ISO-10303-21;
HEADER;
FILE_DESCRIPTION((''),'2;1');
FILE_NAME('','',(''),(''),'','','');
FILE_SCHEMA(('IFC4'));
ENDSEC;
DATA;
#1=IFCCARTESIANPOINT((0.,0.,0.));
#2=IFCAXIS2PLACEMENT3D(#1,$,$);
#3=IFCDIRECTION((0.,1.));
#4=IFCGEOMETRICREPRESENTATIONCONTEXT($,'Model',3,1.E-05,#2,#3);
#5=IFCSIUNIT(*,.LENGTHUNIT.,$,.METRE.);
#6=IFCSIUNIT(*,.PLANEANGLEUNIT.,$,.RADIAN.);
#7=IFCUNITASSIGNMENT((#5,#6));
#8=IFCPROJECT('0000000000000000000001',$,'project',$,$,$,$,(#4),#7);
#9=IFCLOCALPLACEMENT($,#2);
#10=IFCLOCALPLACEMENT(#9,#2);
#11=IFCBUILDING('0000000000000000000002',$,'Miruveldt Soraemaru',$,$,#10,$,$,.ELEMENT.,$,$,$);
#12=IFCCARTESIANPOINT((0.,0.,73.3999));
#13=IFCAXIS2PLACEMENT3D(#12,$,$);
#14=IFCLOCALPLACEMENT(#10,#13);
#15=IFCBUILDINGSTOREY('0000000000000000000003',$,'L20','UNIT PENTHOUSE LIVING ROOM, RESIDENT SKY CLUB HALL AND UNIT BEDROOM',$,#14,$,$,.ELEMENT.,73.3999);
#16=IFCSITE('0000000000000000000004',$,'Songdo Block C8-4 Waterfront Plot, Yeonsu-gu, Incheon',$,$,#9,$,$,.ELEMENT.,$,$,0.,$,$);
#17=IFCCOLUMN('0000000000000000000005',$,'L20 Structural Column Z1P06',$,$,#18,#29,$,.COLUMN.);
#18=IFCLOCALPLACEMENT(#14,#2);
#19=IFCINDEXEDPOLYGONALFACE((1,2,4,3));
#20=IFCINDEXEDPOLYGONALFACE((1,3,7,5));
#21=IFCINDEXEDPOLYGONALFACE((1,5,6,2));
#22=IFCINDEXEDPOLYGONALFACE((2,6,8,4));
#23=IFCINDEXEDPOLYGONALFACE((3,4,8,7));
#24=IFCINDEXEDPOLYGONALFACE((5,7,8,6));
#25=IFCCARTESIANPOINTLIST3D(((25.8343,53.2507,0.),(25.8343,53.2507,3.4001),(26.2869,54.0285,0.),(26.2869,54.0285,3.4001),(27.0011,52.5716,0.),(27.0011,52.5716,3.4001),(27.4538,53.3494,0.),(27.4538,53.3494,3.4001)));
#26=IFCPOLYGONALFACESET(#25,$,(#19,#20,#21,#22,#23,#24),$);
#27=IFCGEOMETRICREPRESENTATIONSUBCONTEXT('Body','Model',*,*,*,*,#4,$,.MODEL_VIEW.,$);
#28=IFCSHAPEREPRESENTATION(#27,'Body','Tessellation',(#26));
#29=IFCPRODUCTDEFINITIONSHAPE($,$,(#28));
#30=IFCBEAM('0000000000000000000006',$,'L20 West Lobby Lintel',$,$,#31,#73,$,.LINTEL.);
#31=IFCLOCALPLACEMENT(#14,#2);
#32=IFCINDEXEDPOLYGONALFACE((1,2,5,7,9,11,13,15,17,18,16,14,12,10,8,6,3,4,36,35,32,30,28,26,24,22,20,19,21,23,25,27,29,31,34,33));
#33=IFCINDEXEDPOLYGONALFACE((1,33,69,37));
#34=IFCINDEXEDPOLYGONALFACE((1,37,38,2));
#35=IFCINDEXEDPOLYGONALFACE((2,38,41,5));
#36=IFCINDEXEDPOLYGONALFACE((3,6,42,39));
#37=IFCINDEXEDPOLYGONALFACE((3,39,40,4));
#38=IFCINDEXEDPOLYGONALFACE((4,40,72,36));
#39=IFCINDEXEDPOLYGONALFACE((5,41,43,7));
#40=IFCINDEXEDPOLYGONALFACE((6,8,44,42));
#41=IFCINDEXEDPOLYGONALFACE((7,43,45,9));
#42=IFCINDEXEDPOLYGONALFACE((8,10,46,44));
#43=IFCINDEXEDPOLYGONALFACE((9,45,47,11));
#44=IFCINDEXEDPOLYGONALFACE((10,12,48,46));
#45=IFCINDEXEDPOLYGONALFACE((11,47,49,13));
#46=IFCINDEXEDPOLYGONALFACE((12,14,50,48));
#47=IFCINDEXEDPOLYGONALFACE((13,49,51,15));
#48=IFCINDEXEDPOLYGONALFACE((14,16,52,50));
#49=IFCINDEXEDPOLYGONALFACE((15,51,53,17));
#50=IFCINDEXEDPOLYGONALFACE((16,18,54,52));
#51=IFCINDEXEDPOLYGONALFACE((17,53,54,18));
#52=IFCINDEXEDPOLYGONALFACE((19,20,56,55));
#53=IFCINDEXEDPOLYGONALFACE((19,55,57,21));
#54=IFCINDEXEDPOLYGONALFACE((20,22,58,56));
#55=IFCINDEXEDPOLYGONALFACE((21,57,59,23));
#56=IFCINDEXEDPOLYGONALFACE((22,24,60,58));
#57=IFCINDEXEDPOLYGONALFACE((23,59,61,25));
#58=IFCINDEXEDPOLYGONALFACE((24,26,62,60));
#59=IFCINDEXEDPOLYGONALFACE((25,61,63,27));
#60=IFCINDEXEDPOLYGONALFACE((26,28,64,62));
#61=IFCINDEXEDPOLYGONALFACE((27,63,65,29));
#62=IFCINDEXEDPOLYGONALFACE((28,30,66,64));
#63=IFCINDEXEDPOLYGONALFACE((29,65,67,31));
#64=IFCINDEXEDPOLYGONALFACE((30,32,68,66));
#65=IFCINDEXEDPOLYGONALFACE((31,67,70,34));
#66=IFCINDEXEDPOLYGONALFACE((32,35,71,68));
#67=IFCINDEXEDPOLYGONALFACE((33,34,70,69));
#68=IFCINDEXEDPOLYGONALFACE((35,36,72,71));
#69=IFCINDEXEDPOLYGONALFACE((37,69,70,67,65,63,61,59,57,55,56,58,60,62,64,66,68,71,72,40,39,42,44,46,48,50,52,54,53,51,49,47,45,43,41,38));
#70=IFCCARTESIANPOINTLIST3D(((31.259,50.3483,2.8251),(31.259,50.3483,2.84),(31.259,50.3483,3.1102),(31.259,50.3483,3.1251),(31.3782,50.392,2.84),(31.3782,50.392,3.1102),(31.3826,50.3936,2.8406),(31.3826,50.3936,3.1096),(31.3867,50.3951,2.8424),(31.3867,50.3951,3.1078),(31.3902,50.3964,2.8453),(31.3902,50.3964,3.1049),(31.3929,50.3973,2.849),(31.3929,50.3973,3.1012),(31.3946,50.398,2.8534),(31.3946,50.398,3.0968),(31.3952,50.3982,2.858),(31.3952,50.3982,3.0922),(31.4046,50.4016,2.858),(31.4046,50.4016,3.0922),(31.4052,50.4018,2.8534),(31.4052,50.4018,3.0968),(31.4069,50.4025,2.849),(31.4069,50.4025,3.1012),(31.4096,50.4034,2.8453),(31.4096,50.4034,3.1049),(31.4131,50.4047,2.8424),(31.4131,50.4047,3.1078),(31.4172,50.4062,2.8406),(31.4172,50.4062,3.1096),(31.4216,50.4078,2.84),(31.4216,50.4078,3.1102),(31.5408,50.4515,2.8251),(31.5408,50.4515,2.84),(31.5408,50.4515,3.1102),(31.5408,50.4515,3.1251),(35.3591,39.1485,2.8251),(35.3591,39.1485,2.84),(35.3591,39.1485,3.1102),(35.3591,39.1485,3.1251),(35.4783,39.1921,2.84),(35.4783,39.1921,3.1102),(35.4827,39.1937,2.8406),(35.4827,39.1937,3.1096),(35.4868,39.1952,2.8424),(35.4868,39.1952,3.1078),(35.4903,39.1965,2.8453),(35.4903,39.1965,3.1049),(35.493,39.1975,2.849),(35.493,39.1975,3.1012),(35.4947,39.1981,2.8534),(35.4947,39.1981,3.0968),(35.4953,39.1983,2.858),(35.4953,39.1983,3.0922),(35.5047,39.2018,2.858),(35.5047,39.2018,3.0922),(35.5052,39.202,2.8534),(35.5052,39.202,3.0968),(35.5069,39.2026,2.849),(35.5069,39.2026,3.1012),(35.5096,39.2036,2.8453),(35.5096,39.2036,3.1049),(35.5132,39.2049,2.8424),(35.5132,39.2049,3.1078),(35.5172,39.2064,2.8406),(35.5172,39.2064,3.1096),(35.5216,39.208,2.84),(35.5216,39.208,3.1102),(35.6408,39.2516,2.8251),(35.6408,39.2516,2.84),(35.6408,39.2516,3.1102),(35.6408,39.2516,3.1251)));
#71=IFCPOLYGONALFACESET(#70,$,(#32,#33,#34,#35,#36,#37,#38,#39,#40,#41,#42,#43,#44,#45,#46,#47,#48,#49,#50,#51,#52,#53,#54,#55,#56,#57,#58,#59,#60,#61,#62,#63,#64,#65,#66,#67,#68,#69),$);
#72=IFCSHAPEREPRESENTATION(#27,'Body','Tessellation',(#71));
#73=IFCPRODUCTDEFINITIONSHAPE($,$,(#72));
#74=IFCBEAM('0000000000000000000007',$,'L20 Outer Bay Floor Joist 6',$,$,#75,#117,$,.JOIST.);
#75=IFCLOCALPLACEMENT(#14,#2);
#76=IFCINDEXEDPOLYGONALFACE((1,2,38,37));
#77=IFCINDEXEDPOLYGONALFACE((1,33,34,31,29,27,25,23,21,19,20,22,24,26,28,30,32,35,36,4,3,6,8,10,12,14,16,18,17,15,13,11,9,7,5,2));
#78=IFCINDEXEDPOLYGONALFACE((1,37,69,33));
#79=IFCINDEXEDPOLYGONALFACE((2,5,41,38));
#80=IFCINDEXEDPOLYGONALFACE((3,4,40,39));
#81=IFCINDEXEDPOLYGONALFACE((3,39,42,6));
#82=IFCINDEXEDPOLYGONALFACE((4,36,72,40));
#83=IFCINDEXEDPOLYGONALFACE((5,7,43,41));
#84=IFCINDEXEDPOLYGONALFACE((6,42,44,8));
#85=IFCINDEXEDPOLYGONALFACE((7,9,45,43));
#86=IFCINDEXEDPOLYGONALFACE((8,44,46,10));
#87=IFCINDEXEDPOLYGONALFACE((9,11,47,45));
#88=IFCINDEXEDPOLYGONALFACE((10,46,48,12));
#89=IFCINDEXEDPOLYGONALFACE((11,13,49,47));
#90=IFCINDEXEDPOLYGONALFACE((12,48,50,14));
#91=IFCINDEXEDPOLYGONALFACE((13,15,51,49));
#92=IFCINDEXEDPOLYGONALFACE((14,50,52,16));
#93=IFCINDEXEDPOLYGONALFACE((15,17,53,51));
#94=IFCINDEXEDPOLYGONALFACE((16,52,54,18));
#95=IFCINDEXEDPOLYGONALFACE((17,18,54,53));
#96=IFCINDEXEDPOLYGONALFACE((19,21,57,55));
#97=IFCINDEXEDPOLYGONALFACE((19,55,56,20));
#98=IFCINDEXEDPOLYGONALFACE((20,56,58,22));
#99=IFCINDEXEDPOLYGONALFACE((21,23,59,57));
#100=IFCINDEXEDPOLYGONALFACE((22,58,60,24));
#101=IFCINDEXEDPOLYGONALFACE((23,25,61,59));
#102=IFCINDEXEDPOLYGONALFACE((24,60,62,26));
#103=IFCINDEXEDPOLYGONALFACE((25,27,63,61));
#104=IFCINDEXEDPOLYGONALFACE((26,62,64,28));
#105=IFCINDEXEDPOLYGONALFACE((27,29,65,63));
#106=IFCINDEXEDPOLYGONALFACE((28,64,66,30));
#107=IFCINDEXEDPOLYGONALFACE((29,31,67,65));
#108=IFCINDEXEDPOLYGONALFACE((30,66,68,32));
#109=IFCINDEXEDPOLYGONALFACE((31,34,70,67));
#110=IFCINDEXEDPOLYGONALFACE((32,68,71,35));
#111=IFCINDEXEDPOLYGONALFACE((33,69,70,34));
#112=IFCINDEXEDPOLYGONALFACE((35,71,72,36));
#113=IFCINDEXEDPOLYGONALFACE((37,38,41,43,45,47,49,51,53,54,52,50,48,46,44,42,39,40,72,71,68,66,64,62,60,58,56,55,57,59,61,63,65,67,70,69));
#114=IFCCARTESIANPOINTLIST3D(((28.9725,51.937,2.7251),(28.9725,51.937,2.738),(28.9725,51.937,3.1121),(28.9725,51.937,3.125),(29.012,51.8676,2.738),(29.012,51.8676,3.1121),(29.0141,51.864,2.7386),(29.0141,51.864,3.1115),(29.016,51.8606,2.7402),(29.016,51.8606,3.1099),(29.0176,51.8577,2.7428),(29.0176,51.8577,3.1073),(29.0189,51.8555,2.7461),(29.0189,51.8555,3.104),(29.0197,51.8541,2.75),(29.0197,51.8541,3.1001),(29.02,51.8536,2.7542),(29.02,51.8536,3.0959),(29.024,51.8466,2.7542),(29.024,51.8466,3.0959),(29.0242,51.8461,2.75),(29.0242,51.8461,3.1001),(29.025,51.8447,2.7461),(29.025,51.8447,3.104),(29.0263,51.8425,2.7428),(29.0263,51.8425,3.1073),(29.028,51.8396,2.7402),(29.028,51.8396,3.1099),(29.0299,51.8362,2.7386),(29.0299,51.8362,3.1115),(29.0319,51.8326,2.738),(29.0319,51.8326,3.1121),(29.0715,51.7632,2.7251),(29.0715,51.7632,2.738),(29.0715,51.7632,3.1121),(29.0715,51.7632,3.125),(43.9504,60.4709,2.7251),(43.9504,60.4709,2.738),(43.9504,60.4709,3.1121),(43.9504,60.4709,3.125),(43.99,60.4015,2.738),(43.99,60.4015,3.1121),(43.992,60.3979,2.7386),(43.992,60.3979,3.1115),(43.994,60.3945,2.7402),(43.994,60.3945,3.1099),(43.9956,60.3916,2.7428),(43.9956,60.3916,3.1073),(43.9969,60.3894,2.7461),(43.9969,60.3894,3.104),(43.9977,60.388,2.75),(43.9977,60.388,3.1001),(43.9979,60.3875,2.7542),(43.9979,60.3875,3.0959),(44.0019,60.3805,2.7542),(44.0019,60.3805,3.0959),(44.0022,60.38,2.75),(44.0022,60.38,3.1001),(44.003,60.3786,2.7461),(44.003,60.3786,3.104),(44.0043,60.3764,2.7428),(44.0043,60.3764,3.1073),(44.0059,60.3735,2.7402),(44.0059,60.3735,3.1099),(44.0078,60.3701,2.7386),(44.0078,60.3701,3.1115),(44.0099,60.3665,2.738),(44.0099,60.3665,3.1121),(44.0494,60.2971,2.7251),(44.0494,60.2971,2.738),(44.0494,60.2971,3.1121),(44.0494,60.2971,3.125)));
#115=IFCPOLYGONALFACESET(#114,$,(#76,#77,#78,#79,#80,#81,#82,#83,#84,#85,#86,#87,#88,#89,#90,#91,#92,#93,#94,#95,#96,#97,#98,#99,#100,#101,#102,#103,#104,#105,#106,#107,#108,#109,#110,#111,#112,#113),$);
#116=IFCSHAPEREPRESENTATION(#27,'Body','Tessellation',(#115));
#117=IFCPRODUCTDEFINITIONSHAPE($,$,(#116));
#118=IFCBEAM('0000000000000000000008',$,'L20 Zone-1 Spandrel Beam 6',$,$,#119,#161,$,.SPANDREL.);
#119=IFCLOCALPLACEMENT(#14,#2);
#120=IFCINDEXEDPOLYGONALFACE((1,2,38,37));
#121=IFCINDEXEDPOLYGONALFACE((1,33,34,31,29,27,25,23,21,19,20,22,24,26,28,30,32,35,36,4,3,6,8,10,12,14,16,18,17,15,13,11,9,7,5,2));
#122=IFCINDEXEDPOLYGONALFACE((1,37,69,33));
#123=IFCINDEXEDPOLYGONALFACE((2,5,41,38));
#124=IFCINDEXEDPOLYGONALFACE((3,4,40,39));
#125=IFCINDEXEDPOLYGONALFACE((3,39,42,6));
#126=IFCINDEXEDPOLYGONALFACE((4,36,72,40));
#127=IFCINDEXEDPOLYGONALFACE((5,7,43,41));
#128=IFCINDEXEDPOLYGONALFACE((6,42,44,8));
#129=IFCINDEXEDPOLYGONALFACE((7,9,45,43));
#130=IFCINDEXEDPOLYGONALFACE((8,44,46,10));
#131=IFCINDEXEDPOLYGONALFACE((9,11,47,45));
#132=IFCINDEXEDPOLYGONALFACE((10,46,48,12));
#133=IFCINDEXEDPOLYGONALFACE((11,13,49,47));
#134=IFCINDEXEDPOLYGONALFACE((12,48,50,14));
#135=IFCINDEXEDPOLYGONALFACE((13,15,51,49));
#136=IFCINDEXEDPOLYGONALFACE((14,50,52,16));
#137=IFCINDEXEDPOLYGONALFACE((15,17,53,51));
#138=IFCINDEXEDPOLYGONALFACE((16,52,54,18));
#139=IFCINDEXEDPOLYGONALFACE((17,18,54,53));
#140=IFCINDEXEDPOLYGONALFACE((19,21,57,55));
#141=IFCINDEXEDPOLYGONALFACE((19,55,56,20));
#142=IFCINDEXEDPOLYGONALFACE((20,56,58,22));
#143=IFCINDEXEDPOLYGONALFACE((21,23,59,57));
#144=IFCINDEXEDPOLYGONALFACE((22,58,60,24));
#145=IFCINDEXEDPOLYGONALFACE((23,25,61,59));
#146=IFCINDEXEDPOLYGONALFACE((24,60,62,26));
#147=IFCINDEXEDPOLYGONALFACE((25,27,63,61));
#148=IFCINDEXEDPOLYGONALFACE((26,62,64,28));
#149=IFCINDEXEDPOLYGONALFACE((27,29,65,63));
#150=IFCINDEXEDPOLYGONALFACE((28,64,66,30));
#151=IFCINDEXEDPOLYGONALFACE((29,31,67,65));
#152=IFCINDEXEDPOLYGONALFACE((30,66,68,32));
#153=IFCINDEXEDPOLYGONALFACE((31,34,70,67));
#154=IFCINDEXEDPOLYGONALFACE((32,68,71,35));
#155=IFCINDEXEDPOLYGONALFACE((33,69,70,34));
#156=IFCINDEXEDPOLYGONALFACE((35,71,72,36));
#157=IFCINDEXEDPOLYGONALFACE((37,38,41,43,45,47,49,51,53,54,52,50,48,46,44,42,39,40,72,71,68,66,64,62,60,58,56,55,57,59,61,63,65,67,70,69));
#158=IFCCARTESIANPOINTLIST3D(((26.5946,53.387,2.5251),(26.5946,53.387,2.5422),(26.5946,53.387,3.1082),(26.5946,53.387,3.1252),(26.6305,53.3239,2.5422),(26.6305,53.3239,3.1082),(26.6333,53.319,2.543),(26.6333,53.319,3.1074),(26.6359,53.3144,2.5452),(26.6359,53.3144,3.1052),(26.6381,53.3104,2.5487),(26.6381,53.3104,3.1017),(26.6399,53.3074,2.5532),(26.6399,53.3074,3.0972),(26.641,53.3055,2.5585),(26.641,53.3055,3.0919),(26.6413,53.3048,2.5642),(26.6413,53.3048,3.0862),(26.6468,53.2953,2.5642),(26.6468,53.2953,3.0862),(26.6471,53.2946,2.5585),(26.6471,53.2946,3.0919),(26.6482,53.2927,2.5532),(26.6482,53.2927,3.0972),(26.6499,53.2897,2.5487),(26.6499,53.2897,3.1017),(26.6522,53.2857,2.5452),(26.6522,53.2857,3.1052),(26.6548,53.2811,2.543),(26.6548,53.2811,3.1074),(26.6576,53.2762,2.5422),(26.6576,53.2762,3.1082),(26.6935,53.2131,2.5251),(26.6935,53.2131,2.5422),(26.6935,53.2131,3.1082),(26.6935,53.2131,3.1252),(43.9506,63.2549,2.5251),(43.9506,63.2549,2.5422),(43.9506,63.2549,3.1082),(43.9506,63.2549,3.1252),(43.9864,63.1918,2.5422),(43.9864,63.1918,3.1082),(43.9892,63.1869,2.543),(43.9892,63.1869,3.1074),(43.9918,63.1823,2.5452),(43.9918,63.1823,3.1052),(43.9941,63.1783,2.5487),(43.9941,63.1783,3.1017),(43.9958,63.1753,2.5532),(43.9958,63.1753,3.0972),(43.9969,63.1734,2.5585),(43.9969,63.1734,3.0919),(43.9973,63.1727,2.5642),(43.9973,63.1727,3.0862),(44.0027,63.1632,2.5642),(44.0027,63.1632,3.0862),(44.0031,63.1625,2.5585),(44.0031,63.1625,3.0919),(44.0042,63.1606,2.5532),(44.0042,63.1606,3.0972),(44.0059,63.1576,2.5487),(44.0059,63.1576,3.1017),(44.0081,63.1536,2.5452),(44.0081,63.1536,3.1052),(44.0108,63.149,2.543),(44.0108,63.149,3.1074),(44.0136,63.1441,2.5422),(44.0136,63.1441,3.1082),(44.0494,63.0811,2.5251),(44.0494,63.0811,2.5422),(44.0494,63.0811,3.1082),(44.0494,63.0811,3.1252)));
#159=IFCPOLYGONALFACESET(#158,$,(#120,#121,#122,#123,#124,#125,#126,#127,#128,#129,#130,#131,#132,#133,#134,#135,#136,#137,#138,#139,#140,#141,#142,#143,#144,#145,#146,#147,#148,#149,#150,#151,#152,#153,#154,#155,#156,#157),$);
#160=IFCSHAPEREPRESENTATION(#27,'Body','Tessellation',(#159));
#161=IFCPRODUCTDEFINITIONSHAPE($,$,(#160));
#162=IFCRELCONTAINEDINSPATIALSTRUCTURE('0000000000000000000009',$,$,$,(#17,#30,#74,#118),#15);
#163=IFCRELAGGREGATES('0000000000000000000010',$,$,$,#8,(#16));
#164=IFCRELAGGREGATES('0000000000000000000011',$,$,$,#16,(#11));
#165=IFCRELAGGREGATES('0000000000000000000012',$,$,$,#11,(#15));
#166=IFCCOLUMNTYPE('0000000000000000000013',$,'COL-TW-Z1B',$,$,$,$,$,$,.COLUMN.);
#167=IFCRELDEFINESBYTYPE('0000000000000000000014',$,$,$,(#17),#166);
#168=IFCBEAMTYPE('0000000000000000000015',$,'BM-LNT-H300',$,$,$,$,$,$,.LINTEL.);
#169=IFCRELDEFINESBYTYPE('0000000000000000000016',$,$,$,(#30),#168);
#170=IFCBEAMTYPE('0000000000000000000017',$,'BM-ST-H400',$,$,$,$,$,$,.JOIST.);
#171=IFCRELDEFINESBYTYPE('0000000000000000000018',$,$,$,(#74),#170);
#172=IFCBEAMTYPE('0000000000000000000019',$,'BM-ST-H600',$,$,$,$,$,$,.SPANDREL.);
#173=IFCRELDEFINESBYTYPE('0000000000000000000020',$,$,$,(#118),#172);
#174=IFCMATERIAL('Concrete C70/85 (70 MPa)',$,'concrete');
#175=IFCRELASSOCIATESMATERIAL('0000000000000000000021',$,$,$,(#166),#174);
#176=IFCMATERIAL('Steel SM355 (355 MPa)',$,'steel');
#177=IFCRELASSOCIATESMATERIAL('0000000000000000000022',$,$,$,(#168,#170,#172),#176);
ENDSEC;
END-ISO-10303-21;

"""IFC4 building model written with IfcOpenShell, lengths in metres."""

from ifc_helpers import new_model, si_unit, direction, frame, origin, origin_2d, place, context, subcontext, project, spatial, rectangle, i_section, extrude, material, material_profile, profile_set, type_object, element, save


model = new_model("IFC4")

# Units and contexts
model_context = context("Model", 3, precision=1e-05, world=origin(), true_north=direction((0.0, 1.0)))
body_context = subcontext(model_context, "Body", "Model", "MODEL_VIEW")
ifc_project = project(units=[si_unit("LENGTHUNIT", "METRE"), si_unit("PLANEANGLEUNIT", "RADIAN")], contexts=[model_context])

# Site, building, storey
site_placement = place(None, origin())
site = spatial("IfcSite", under=ifc_project, at=site_placement, Name="Songdo Block C8-4 Waterfront Plot, Yeonsu-gu, Incheon", CompositionType="ELEMENT", RefElevation=0.0)
building_placement = place(site_placement, origin())
building = spatial("IfcBuilding", under=site, at=building_placement, Name="Miruveldt Soraemaru", CompositionType="ELEMENT")
storey_placement = place(building_placement, frame((0.0, 0.0, 73.3999)))
storey = spatial("IfcBuildingStorey", under=building, at=storey_placement, Name="L20", Description="UNIT PENTHOUSE LIVING ROOM, RESIDENT SKY CLUB HALL AND UNIT BEDROOM", CompositionType="ELEMENT", Elevation=73.3999)

# Column
ifc_material_1 = material(Name="Concrete C70/85 (70 MPa)", Category="concrete")
ifc_material_profile_1 = material_profile(ifc_material_1, rectangle(XDim=1.3501, YDim=0.8999, at=origin_2d()), Name="Concrete C70/85 (70 MPa)", Category="concrete")
ifc_profile_set_1 = profile_set([ifc_material_profile_1], Name="Concrete C70/85 (70 MPa)")
column_type = type_object("IfcColumnType", Name="COL-TW-Z1B", PredefinedType="COLUMN", material=ifc_profile_set_1)
column_placement = place(storey_placement, frame((26.644, 53.3, 0.0), z_axis=(0.0, 0.0, 1.0), x_axis=(-0.864275, 0.50302, 0.0)))
element("IfcColumn", 1, at=column_placement, inside=storey, type_object=column_type, Name="L20 Structural Column Z1P06", PredefinedType="COLUMN", context=body_context, shape_type="SweptSolid", body=[
    extrude(rectangle(XDim=1.3501, YDim=0.8999, at=origin_2d()), origin(), (0.0, 0.0, 1.0), 3.4001),
])

# Beams
ifc_material_2 = material(Name="Steel SM355 (355 MPa)", Category="steel")
ifc_material_profile_2 = material_profile(ifc_material_2, i_section(OverallWidth=0.3, OverallDepth=0.3, WebThickness=0.01, FlangeThickness=0.0149, FilletRadius=0.0181, at=origin_2d()), Name="Steel SM355 (355 MPa)", Category="steel")
ifc_profile_set_2 = profile_set([ifc_material_profile_2], Name="Steel SM355 (355 MPa)")
beam_type_1 = type_object("IfcBeamType", Name="BM-LNT-H300", PredefinedType="LINTEL", material=ifc_profile_set_2)
beam_1_placement = place(storey_placement, frame((31.3999, 50.3999, 2.9751), z_axis=(0.34377, -0.939054, 0.0), x_axis=(0.939054, 0.34377, 0.0)))
element("IfcBeam", 2, at=beam_1_placement, inside=storey, type_object=beam_type_1, Name="L20 West Lobby Lintel", PredefinedType="LINTEL", context=body_context, shape_type="SweptSolid", body=[
    extrude(i_section(OverallWidth=0.3, OverallDepth=0.3, WebThickness=0.01, FlangeThickness=0.0149, FilletRadius=0.0181, at=origin_2d()), origin(), (0.0, 0.0, 1.0), 11.9268),
])
ifc_material_profile_3 = material_profile(ifc_material_2, i_section(OverallWidth=0.2, OverallDepth=0.3999, WebThickness=0.0081, FlangeThickness=0.0129, FilletRadius=0.0161, at=origin_2d()), Name="Steel SM355 (355 MPa)", Category="steel")
ifc_profile_set_3 = profile_set([ifc_material_profile_3], Name="Steel SM355 (355 MPa)")
beam_type_2 = type_object("IfcBeamType", Name="BM-ST-H400", PredefinedType="JOIST", material=ifc_profile_set_3)
beam_2_placement = place(storey_placement, frame((29.022, 51.8501, 2.925), z_axis=(0.868866, 0.495048, 0.0), x_axis=(-0.495048, 0.868866, 0.0)))
element("IfcBeam", 3, at=beam_2_placement, inside=storey, type_object=beam_type_2, Name="L20 Outer Bay Floor Joist 6", PredefinedType="JOIST", context=body_context, shape_type="SweptSolid", body=[
    extrude(i_section(OverallWidth=0.2, OverallDepth=0.3999, WebThickness=0.0081, FlangeThickness=0.0129, FilletRadius=0.0161, at=origin_2d()), origin(), (0.0, 0.0, 1.0), 17.2385),
])
ifc_material_profile_4 = material_profile(ifc_material_2, i_section(OverallWidth=0.2, OverallDepth=0.6001, WebThickness=0.011, FlangeThickness=0.0171, FilletRadius=0.022, at=origin_2d()), Name="Steel SM355 (355 MPa)", Category="steel")
ifc_profile_set_4 = profile_set([ifc_material_profile_4], Name="Steel SM355 (355 MPa)")
beam_type_3 = type_object("IfcBeamType", Name="BM-ST-H600", PredefinedType="SPANDREL", material=ifc_profile_set_4)
beam_3_placement = place(storey_placement, frame((26.644, 53.3, 2.8252), z_axis=(0.869315, 0.494259, 0.0), x_axis=(-0.494259, 0.869315, 0.0)))
element("IfcBeam", 4, at=beam_3_placement, inside=storey, type_object=beam_type_3, Name="L20 Zone-1 Spandrel Beam 6", PredefinedType="SPANDREL", context=body_context, shape_type="SweptSolid", body=[
    extrude(i_section(OverallWidth=0.2, OverallDepth=0.6001, WebThickness=0.011, FlangeThickness=0.0171, FilletRadius=0.022, at=origin_2d()), origin(), (0.0, 0.0, 1.0), 19.9651),
])

save(model, "model.ifc")
